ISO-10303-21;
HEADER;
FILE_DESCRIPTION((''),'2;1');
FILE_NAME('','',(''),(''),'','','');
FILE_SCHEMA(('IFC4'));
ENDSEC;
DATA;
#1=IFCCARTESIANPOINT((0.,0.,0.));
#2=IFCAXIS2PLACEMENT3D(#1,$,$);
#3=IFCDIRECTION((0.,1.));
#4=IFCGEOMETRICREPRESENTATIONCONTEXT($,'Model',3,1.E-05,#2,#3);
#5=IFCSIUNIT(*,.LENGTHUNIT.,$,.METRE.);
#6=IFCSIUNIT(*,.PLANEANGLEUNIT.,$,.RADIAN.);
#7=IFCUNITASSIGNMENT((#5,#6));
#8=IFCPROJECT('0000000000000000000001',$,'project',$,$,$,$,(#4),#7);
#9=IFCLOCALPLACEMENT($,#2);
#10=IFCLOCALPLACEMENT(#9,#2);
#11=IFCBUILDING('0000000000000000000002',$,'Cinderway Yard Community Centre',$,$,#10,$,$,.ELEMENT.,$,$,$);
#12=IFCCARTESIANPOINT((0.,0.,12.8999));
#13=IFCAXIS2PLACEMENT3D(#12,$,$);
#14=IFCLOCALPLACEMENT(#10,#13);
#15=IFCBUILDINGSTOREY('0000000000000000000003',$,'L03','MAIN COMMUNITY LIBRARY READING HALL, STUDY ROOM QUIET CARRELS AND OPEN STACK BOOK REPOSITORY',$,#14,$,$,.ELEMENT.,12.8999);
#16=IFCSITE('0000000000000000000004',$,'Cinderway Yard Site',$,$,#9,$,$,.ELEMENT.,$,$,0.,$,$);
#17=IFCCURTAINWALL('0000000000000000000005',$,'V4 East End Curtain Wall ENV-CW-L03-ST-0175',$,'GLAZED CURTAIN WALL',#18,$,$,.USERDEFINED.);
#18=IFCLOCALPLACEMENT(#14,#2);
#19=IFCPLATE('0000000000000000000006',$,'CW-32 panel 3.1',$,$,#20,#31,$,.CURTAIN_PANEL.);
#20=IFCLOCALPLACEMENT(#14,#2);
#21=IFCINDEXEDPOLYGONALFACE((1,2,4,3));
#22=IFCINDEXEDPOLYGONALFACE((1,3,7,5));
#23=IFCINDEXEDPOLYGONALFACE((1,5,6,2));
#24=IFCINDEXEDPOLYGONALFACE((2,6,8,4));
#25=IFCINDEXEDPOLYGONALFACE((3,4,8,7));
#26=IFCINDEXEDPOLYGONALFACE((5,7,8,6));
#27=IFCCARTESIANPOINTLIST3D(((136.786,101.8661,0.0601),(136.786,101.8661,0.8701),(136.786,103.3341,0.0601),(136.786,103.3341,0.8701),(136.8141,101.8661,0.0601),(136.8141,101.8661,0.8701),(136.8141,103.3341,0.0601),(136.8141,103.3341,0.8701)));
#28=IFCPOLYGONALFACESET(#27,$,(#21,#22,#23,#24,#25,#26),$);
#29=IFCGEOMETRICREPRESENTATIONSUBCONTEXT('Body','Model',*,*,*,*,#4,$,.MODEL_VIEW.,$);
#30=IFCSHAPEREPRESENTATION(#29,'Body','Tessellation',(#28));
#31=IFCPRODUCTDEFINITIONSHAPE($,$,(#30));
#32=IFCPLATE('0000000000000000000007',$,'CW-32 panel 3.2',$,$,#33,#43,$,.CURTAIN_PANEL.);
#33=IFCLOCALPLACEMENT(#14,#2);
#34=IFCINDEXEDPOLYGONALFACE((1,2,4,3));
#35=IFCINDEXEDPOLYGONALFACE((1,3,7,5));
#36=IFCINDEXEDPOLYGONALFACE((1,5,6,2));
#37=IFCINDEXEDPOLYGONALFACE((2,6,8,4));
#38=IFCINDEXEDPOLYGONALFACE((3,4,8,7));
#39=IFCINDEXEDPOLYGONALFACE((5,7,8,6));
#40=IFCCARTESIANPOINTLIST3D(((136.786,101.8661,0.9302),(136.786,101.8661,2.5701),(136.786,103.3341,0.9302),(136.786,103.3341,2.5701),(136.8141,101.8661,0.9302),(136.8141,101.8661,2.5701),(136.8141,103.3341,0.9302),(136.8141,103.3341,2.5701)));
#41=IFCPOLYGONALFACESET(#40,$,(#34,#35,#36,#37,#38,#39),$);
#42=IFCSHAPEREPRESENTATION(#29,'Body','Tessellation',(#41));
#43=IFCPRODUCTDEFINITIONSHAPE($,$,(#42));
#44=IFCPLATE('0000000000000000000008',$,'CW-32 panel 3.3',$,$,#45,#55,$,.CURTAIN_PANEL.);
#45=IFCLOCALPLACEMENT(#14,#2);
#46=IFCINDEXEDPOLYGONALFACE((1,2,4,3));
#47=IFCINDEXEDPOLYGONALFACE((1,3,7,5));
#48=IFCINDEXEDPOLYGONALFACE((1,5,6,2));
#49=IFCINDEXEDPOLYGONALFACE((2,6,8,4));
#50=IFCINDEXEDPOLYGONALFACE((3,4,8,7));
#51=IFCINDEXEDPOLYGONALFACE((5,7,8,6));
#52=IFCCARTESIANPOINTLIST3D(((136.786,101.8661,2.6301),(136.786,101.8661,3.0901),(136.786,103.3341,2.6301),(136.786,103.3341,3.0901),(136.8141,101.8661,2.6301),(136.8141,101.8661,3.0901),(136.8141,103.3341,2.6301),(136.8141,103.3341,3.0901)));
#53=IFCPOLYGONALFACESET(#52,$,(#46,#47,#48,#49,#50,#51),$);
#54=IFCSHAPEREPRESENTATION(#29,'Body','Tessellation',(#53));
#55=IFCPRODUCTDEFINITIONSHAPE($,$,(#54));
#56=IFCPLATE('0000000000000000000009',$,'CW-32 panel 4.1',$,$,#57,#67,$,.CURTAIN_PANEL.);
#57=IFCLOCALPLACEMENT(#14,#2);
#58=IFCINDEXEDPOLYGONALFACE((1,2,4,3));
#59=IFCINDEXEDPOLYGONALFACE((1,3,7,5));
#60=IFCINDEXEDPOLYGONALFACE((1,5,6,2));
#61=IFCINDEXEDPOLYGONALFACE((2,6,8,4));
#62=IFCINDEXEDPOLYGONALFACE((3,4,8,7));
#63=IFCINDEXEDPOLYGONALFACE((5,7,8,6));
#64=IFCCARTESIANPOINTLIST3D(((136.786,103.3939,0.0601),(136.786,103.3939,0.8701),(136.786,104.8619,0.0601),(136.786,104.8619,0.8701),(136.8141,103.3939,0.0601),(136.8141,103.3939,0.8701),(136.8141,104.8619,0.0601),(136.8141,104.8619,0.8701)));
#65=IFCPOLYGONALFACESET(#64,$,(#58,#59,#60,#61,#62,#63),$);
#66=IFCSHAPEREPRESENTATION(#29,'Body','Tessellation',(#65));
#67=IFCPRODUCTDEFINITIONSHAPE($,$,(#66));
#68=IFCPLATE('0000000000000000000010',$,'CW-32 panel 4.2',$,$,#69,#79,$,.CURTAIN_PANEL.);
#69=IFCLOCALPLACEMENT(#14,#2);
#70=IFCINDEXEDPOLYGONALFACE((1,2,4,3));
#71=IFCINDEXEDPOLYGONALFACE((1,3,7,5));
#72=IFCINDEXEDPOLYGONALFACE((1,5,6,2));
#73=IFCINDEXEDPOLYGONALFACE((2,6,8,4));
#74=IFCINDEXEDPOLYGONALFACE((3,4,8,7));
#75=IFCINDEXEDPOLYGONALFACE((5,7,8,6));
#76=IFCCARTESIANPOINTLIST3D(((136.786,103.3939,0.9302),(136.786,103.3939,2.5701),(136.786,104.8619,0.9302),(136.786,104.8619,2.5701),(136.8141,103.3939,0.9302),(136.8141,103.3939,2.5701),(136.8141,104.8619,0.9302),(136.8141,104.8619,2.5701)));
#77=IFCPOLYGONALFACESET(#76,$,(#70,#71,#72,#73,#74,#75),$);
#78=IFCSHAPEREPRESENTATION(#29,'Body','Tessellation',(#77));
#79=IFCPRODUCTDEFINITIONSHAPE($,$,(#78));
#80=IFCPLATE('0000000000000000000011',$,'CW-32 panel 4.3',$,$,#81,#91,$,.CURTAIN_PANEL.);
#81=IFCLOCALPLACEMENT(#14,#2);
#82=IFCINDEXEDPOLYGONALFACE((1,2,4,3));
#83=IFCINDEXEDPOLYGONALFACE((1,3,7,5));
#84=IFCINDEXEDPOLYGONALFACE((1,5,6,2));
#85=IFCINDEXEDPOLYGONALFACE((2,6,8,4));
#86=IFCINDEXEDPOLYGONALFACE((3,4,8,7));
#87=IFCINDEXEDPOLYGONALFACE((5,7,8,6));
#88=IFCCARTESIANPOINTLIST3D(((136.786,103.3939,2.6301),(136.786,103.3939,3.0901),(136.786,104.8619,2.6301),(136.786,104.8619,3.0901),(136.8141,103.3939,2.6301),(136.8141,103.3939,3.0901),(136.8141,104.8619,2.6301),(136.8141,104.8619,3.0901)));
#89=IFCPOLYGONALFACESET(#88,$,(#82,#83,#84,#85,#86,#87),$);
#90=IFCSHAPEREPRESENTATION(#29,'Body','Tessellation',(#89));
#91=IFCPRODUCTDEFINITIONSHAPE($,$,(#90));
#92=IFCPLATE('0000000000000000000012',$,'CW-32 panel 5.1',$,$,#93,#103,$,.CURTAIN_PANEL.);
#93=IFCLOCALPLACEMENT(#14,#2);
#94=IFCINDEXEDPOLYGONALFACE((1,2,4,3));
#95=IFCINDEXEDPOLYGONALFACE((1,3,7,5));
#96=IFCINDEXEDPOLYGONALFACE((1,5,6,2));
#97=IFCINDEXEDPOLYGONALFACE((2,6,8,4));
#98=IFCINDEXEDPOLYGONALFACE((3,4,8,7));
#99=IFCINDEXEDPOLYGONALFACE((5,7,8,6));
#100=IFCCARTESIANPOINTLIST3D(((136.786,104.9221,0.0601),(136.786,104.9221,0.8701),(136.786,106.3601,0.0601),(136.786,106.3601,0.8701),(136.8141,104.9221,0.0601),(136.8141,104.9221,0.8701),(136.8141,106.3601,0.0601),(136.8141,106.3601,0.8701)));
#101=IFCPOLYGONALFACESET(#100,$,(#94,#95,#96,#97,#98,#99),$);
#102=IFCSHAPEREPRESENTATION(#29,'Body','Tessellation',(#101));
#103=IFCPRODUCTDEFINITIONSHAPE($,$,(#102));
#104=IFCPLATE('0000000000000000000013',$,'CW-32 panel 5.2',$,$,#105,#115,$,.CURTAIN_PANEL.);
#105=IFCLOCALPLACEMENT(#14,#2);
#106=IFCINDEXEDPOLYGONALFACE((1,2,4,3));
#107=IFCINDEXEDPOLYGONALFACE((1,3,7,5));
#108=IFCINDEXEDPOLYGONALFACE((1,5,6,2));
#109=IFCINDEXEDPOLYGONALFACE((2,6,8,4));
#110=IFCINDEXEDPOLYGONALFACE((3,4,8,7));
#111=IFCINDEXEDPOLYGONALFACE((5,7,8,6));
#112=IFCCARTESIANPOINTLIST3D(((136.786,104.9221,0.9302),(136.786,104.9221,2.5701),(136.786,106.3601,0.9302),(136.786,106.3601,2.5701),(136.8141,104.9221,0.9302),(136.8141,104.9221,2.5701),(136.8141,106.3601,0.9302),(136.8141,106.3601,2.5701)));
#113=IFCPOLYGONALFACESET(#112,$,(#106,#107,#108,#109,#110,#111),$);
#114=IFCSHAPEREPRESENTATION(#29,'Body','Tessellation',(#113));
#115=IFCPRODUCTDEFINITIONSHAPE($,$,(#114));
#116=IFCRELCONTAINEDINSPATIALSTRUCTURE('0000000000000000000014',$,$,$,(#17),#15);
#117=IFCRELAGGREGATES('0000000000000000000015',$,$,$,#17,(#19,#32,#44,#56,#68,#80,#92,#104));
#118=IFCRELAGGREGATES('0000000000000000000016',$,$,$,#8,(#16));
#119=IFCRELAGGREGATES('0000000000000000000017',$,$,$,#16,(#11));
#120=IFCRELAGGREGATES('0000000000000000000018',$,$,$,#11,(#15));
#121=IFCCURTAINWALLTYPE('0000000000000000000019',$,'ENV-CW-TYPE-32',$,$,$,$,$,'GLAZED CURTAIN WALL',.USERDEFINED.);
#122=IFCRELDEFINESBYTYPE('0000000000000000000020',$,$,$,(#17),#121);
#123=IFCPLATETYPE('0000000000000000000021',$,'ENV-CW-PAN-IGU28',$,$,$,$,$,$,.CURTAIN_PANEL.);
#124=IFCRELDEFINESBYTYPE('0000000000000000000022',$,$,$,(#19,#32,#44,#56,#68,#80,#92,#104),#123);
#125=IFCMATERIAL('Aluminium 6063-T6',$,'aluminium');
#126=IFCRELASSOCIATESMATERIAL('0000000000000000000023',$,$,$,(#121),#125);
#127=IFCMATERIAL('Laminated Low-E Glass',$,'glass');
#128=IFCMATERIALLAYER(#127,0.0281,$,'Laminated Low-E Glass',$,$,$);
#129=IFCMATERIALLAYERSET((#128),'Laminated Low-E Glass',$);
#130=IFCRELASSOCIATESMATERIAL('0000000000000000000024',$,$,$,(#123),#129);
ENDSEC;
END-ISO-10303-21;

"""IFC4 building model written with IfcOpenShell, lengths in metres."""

from ifc_helpers import new_model, si_unit, direction, frame, origin, origin_2d, place, context, subcontext, project, spatial, rectangle, extrude, material, layer, layer_set, type_object, element, aggregate, save


model = new_model("IFC4")

# Units and contexts
model_context = context("Model", 3, precision=1e-05, world=origin(), true_north=direction((0.0, 1.0)))
body_context = subcontext(model_context, "Body", "Model", "MODEL_VIEW")
ifc_project = project(units=[si_unit("LENGTHUNIT", "METRE"), si_unit("PLANEANGLEUNIT", "RADIAN")], contexts=[model_context])

# Site, building, storey
site_placement = place(None, origin())
site = spatial("IfcSite", under=ifc_project, at=site_placement, Name="Cinderway Yard Site", CompositionType="ELEMENT", RefElevation=0.0)
building_placement = place(site_placement, origin())
building = spatial("IfcBuilding", under=site, at=building_placement, Name="Cinderway Yard Community Centre", CompositionType="ELEMENT")
storey_placement = place(building_placement, frame((0.0, 0.0, 12.8999)))
storey = spatial("IfcBuildingStorey", under=building, at=storey_placement, Name="L03", Description="MAIN COMMUNITY LIBRARY READING HALL, STUDY ROOM QUIET CARRELS AND OPEN STACK BOOK REPOSITORY", CompositionType="ELEMENT", Elevation=12.8999)

# Curtain wall, plates
ifc_material_1 = material(Name="Aluminium 6063-T6", Category="aluminium")
curtain_wall_type = type_object("IfcCurtainWallType", Name="ENV-CW-TYPE-32", ElementType="GLAZED CURTAIN WALL", PredefinedType="USERDEFINED", material=ifc_material_1)
curtain_wall_placement = place(storey_placement, origin())
curtain_wall = element("IfcCurtainWall", 1, at=curtain_wall_placement, inside=storey, type_object=curtain_wall_type, Name="V4 East End Curtain Wall ENV-CW-L03-ST-0175", ObjectType="GLAZED CURTAIN WALL", PredefinedType="USERDEFINED")
ifc_material_2 = material(Name="Laminated Low-E Glass", Category="glass")
ifc_layer = layer(ifc_material_2, 0.0281, Name="Laminated Low-E Glass")
ifc_layer_set = layer_set([ifc_layer], Name="Laminated Low-E Glass")
plate_type = type_object("IfcPlateType", Name="ENV-CW-PAN-IGU28", PredefinedType="CURTAIN_PANEL", material=ifc_layer_set)
plate_1_placement = place(storey_placement, frame((136.8, 102.6001, 0.0601), z_axis=(0.0, 0.0, 1.0), x_axis=(0.0, 1.0, 0.0)))
plate_1 = element("IfcPlate", 2, at=plate_1_placement, type_object=plate_type, Name="CW-32 panel 3.1", PredefinedType="CURTAIN_PANEL", context=body_context, shape_type="SweptSolid", body=[
    extrude(rectangle(XDim=1.468, YDim=0.0281, at=origin_2d()), origin(), (0.0, 0.0, 1.0), 0.8101),
])
plate_2_placement = place(storey_placement, frame((136.8, 102.6001, 0.9302), z_axis=(0.0, 0.0, 1.0), x_axis=(0.0, 1.0, 0.0)))
plate_2 = element("IfcPlate", 3, at=plate_2_placement, type_object=plate_type, Name="CW-32 panel 3.2", PredefinedType="CURTAIN_PANEL", context=body_context, shape_type="SweptSolid", body=[
    extrude(rectangle(XDim=1.468, YDim=0.0281, at=origin_2d()), origin(), (0.0, 0.0, 1.0), 1.6399),
])
plate_3_placement = place(storey_placement, frame((136.8, 102.6001, 2.6301), z_axis=(0.0, 0.0, 1.0), x_axis=(0.0, 1.0, 0.0)))
plate_3 = element("IfcPlate", 4, at=plate_3_placement, type_object=plate_type, Name="CW-32 panel 3.3", PredefinedType="CURTAIN_PANEL", context=body_context, shape_type="SweptSolid", body=[
    extrude(rectangle(XDim=1.468, YDim=0.0281, at=origin_2d()), origin(), (0.0, 0.0, 1.0), 0.46),
])
plate_4_placement = place(storey_placement, frame((136.8, 104.1279, 0.0601), z_axis=(0.0, 0.0, 1.0), x_axis=(0.0, 1.0, 0.0)))
plate_4 = element("IfcPlate", 5, at=plate_4_placement, type_object=plate_type, Name="CW-32 panel 4.1", PredefinedType="CURTAIN_PANEL", context=body_context, shape_type="SweptSolid", body=[
    extrude(rectangle(XDim=1.468, YDim=0.0281, at=origin_2d()), origin(), (0.0, 0.0, 1.0), 0.8101),
])
plate_5_placement = place(storey_placement, frame((136.8, 104.1279, 0.9302), z_axis=(0.0, 0.0, 1.0), x_axis=(0.0, 1.0, 0.0)))
plate_5 = element("IfcPlate", 6, at=plate_5_placement, type_object=plate_type, Name="CW-32 panel 4.2", PredefinedType="CURTAIN_PANEL", context=body_context, shape_type="SweptSolid", body=[
    extrude(rectangle(XDim=1.468, YDim=0.0281, at=origin_2d()), origin(), (0.0, 0.0, 1.0), 1.6399),
])
plate_6_placement = place(storey_placement, frame((136.8, 104.1279, 2.6301), z_axis=(0.0, 0.0, 1.0), x_axis=(0.0, 1.0, 0.0)))
plate_6 = element("IfcPlate", 7, at=plate_6_placement, type_object=plate_type, Name="CW-32 panel 4.3", PredefinedType="CURTAIN_PANEL", context=body_context, shape_type="SweptSolid", body=[
    extrude(rectangle(XDim=1.468, YDim=0.0281, at=origin_2d()), origin(), (0.0, 0.0, 1.0), 0.46),
])
plate_7_placement = place(storey_placement, frame((136.8, 105.6411, 0.0601), z_axis=(0.0, 0.0, 1.0), x_axis=(0.0, 1.0, 0.0)))
plate_7 = element("IfcPlate", 8, at=plate_7_placement, type_object=plate_type, Name="CW-32 panel 5.1", PredefinedType="CURTAIN_PANEL", context=body_context, shape_type="SweptSolid", body=[
    extrude(rectangle(XDim=1.438, YDim=0.0281, at=origin_2d()), origin(), (0.0, 0.0, 1.0), 0.8101),
])
plate_8_placement = place(storey_placement, frame((136.8, 105.6411, 0.9302), z_axis=(0.0, 0.0, 1.0), x_axis=(0.0, 1.0, 0.0)))
plate_8 = element("IfcPlate", 9, at=plate_8_placement, type_object=plate_type, Name="CW-32 panel 5.2", PredefinedType="CURTAIN_PANEL", context=body_context, shape_type="SweptSolid", body=[
    extrude(rectangle(XDim=1.438, YDim=0.0281, at=origin_2d()), origin(), (0.0, 0.0, 1.0), 1.6399),
])
aggregate(curtain_wall, [plate_1, plate_2, plate_3, plate_4, plate_5, plate_6, plate_7, plate_8])

save(model, "model.ifc")
